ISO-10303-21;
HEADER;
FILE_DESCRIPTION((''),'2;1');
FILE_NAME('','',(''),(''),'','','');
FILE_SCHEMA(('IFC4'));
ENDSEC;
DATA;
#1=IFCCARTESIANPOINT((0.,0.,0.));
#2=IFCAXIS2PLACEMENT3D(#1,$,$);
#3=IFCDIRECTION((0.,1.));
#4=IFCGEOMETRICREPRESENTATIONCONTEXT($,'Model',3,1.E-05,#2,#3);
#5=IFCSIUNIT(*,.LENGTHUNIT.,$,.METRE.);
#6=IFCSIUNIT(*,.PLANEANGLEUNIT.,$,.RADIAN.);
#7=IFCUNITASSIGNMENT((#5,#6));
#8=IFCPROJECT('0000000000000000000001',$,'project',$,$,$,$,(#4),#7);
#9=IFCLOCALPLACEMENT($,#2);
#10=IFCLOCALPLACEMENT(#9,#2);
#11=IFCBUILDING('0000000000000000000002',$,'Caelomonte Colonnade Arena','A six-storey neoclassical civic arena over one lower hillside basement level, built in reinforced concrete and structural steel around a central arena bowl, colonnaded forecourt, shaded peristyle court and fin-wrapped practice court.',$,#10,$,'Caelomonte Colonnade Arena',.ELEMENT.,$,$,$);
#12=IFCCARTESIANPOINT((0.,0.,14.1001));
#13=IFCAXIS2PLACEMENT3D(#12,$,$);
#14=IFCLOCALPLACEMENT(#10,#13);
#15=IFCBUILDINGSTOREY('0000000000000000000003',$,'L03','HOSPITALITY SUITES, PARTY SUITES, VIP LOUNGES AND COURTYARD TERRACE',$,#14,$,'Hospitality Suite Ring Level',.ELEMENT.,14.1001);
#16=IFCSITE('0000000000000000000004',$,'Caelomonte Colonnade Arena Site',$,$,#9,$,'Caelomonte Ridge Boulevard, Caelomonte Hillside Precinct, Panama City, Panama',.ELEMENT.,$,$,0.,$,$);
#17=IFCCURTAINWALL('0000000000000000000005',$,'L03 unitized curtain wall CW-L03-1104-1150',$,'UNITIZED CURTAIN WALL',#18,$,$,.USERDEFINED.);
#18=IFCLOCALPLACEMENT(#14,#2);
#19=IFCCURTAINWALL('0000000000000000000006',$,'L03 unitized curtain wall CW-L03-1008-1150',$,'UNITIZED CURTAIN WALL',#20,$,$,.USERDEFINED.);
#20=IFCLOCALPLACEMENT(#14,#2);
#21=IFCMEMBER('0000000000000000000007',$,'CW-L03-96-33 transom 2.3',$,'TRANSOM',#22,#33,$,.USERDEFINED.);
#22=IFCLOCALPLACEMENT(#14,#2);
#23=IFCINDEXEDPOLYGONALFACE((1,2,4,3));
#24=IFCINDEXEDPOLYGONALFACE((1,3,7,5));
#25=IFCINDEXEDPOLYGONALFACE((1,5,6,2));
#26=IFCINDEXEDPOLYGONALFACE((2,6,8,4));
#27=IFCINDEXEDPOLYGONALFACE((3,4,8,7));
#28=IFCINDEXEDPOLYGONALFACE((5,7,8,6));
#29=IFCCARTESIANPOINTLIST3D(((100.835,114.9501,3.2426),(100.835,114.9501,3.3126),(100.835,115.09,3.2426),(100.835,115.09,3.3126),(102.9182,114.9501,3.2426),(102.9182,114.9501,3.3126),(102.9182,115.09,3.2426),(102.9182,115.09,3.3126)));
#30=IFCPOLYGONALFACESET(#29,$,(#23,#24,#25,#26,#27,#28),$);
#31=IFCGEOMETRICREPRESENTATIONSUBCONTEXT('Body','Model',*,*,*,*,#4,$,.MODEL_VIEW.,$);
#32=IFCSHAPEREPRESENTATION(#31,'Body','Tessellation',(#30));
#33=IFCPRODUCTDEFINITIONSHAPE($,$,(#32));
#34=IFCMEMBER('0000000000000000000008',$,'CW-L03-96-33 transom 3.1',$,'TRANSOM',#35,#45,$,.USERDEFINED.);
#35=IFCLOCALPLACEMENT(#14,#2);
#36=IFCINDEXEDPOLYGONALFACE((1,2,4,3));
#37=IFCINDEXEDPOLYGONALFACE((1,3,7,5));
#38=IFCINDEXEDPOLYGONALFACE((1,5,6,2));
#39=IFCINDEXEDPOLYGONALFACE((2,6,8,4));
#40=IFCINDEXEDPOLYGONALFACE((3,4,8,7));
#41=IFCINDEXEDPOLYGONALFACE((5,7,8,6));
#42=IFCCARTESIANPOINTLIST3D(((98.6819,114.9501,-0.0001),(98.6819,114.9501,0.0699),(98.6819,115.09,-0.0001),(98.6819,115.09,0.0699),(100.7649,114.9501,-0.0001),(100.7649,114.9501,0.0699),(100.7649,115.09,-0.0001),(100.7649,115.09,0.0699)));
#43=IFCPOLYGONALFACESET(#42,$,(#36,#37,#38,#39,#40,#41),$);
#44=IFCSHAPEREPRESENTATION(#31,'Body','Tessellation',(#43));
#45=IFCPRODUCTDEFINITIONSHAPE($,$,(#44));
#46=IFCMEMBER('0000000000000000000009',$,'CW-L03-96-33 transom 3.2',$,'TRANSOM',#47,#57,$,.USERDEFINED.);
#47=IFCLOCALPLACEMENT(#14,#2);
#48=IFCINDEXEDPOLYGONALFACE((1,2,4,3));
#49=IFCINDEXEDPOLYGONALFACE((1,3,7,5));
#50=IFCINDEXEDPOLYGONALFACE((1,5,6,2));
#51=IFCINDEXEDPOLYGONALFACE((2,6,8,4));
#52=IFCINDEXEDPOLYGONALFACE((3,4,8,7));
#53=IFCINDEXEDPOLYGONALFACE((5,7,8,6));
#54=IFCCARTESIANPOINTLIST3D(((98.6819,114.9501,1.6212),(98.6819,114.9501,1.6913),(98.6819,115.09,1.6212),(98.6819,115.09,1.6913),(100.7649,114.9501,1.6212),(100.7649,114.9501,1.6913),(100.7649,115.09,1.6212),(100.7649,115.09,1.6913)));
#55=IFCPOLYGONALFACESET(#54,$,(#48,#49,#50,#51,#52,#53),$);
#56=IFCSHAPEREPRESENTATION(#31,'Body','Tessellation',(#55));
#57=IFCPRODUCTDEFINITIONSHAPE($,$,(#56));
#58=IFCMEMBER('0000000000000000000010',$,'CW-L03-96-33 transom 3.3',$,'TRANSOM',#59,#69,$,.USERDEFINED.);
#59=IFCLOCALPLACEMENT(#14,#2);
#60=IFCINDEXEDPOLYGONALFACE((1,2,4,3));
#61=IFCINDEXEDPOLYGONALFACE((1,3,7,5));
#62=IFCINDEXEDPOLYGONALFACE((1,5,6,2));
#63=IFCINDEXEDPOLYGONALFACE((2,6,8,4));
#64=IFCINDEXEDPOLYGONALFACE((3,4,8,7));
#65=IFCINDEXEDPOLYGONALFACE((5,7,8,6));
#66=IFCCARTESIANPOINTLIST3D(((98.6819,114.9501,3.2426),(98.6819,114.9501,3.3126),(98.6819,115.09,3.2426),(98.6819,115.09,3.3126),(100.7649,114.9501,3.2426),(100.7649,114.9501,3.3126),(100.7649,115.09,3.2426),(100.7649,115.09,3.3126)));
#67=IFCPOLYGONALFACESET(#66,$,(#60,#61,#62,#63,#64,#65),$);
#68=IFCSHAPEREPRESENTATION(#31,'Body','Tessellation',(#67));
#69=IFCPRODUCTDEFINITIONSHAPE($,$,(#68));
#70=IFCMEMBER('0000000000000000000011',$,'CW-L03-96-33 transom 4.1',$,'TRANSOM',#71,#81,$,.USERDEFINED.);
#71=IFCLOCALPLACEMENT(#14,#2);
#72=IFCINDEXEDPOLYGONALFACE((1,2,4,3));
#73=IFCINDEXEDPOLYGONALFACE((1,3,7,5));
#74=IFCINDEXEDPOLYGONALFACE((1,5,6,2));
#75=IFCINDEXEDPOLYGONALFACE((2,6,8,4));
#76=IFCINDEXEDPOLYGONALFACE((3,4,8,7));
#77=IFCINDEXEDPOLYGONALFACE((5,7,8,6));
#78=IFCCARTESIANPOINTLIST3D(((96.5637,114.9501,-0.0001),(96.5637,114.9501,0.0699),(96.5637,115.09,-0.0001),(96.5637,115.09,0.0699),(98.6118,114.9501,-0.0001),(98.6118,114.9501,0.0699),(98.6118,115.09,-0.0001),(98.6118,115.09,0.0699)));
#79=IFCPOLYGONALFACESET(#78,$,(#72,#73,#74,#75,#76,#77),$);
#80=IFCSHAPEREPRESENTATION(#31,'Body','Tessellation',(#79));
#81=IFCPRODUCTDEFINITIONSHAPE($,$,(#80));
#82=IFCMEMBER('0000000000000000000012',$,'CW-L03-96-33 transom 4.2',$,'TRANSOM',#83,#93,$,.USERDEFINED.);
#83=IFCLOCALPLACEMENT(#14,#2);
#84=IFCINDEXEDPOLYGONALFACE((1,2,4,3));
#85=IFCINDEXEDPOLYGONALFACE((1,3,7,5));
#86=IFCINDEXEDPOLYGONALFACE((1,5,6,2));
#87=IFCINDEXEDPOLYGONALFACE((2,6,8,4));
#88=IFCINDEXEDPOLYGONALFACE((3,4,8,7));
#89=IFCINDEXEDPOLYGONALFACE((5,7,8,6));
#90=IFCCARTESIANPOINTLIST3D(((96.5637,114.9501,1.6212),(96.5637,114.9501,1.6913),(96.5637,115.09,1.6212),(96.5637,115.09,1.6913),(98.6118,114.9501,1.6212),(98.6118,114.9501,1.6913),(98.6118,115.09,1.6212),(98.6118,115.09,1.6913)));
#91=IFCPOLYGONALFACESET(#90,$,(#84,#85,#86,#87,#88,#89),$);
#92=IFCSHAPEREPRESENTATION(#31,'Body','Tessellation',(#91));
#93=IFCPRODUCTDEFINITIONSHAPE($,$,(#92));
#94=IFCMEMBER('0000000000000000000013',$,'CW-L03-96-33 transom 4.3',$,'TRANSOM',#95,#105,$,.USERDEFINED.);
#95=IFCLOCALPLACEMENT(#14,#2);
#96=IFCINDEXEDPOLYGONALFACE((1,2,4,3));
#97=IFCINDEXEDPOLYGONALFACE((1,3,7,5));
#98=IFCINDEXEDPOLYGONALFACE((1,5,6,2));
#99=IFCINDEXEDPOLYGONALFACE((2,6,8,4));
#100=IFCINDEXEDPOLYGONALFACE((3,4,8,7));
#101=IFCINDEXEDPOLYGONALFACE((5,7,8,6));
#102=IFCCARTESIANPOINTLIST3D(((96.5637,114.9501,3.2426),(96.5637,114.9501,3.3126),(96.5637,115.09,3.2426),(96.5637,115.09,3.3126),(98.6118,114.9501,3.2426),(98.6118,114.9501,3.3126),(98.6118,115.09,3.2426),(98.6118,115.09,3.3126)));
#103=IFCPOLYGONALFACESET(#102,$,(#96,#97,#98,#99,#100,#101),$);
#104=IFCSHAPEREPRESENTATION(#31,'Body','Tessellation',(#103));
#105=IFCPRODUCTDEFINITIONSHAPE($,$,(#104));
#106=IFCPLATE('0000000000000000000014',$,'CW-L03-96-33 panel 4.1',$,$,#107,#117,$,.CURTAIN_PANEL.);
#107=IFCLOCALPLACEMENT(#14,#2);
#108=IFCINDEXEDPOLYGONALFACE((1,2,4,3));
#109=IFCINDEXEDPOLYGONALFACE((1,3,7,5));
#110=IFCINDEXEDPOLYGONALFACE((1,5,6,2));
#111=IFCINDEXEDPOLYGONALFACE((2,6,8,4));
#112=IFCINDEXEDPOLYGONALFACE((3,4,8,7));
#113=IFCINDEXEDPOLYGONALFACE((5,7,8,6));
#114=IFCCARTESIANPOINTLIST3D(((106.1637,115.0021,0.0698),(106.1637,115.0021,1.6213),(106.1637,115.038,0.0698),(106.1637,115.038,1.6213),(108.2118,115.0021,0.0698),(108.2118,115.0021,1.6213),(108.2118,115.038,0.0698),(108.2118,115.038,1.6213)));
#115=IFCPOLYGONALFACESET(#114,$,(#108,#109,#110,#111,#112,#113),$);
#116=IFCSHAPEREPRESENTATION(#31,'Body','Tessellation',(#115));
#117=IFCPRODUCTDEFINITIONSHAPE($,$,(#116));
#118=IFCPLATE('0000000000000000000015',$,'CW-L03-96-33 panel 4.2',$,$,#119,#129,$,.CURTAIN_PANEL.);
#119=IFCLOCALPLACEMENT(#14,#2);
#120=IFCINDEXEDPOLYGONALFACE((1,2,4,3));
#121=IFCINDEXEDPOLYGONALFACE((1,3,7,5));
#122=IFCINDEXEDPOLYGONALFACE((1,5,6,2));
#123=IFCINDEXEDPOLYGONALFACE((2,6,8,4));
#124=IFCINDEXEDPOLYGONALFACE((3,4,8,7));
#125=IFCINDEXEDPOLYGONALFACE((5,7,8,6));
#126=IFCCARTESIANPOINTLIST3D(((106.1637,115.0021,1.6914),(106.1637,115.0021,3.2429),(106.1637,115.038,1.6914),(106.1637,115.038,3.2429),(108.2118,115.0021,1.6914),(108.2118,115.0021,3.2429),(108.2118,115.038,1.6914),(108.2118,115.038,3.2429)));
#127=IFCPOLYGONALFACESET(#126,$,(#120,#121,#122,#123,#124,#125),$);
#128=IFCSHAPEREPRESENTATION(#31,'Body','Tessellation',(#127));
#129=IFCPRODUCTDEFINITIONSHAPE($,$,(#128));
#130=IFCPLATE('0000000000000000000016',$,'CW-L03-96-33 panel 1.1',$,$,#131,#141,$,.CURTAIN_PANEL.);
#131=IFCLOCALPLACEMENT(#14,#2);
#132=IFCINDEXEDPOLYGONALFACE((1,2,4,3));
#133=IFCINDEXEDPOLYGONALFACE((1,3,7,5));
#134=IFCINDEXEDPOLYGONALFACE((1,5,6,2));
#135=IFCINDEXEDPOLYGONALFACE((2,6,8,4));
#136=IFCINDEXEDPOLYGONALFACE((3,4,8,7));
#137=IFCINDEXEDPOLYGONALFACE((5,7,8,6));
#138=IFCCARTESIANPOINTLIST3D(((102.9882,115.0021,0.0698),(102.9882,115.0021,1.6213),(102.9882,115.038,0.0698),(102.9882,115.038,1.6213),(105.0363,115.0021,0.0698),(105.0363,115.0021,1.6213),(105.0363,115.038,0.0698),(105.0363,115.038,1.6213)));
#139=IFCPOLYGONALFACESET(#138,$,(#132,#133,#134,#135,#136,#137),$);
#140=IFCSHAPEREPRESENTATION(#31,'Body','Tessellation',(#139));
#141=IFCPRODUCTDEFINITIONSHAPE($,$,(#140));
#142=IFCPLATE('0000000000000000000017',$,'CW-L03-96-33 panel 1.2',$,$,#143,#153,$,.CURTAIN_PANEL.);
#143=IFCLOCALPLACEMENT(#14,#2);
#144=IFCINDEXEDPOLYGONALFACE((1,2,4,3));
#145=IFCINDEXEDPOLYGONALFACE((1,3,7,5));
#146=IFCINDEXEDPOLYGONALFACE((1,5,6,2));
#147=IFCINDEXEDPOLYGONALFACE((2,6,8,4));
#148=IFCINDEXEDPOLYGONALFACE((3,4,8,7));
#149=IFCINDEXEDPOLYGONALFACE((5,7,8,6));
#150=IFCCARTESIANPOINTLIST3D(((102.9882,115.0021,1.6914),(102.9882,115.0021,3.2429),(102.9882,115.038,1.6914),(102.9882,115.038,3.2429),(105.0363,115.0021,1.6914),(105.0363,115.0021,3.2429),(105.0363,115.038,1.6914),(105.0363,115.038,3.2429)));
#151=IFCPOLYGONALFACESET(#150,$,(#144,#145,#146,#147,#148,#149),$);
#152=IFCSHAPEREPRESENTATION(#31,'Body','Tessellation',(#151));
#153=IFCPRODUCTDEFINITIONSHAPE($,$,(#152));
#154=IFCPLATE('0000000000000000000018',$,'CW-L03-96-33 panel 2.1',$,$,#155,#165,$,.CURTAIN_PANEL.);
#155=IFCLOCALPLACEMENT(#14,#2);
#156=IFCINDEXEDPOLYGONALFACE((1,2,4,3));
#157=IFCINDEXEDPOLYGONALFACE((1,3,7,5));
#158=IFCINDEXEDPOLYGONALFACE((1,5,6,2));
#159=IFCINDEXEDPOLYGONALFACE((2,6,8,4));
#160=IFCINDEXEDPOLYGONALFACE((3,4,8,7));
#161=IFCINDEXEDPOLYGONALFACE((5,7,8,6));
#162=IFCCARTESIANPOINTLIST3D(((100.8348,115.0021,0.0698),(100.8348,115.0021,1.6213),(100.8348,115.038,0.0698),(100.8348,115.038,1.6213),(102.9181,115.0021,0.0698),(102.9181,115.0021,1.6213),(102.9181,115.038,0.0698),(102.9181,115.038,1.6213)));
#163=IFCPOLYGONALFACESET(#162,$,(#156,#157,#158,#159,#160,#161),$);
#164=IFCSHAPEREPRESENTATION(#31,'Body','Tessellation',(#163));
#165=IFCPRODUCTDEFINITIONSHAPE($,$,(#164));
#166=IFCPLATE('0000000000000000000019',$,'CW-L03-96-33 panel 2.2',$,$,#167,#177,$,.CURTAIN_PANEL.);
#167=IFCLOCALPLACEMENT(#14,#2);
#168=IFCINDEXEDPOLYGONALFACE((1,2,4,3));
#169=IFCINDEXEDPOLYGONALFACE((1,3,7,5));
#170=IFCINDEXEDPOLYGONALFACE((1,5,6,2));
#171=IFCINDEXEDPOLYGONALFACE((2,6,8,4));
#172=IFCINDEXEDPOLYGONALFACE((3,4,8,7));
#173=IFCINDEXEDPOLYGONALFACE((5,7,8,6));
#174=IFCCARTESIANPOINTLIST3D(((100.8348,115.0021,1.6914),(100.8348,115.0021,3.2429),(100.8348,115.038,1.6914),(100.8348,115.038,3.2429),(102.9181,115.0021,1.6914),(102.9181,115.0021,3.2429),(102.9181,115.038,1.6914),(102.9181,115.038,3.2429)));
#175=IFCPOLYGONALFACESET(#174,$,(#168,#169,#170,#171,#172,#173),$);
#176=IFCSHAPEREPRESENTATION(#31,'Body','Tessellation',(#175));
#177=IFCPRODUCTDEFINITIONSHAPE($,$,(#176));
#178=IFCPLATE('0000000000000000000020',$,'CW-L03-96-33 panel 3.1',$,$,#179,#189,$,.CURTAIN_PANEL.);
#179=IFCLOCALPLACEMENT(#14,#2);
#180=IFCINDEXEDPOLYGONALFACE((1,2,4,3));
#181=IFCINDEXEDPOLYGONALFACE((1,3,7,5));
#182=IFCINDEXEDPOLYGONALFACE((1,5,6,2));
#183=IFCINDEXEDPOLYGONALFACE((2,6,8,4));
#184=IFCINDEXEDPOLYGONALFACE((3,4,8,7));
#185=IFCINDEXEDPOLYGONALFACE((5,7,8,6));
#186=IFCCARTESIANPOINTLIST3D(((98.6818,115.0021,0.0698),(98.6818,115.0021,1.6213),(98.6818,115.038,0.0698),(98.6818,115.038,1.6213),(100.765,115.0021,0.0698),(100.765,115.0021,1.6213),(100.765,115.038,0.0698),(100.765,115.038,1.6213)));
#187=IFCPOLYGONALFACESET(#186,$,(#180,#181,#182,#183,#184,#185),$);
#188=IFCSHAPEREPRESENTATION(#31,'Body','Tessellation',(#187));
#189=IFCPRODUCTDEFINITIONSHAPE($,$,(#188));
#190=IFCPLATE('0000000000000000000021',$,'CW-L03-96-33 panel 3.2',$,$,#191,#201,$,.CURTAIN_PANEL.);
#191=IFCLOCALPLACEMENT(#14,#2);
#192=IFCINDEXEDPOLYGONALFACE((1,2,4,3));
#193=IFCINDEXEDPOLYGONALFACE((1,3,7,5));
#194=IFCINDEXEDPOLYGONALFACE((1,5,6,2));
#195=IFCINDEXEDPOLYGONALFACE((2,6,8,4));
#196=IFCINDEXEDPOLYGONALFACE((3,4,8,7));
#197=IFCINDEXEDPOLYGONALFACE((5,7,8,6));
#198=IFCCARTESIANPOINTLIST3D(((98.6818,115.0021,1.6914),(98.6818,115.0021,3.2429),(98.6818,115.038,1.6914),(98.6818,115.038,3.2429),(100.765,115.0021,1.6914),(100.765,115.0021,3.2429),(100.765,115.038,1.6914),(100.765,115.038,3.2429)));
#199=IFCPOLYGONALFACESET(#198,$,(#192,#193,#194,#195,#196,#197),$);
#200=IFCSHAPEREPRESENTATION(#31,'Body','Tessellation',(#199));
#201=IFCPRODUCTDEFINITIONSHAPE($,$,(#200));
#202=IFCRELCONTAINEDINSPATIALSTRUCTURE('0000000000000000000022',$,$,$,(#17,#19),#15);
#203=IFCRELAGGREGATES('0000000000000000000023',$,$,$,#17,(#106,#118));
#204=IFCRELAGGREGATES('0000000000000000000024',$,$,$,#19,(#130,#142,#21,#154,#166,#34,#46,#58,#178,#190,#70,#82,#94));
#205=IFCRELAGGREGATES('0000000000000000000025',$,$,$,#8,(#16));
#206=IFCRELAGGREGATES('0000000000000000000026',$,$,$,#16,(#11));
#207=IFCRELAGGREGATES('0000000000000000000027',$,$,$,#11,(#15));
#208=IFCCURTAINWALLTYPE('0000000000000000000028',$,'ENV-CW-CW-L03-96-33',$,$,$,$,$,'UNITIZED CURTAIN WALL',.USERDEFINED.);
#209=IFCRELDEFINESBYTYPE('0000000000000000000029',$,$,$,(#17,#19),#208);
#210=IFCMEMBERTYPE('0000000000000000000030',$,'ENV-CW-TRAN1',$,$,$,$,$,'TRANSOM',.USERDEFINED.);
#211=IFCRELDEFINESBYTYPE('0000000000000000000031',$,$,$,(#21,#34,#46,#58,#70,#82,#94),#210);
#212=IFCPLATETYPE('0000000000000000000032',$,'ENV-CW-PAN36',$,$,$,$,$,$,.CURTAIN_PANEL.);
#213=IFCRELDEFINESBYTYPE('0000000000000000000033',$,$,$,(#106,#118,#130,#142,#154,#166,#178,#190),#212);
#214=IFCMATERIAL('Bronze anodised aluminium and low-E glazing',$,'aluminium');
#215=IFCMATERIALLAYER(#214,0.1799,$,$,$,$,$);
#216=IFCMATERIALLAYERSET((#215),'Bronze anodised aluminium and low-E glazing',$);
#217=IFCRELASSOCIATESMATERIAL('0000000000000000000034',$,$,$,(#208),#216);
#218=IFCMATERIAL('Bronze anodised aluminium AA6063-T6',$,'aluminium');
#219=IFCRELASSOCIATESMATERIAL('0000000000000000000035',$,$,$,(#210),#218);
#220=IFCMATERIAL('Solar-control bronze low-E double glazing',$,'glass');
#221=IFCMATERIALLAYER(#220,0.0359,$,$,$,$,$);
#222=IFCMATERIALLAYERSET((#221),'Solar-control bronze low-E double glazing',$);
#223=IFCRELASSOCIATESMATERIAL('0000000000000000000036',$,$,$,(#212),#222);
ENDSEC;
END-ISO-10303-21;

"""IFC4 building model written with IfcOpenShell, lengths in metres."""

from ifc_helpers import new_model, si_unit, direction, frame, origin, origin_2d, place, context, subcontext, project, spatial, rectangle, extrude, material, layer, layer_set, material_profile, profile_set, type_object, element, aggregate, save


model = new_model("IFC4")

# Units and contexts
model_context = context("Model", 3, precision=1e-05, world=origin(), true_north=direction((0.0, 1.0)))
body_context = subcontext(model_context, "Body", "Model", "MODEL_VIEW")
ifc_project = project(units=[si_unit("LENGTHUNIT", "METRE"), si_unit("PLANEANGLEUNIT", "RADIAN")], contexts=[model_context])

# Site, building, storey
site_placement = place(None, origin())
site = spatial("IfcSite", under=ifc_project, at=site_placement, Name="Caelomonte Colonnade Arena Site", LongName="Caelomonte Ridge Boulevard, Caelomonte Hillside Precinct, Panama City, Panama", CompositionType="ELEMENT", RefElevation=0.0)
building_placement = place(site_placement, origin())
building = spatial("IfcBuilding", under=site, at=building_placement, Name="Caelomonte Colonnade Arena", Description="A six-storey neoclassical civic arena over one lower hillside basement level, built in reinforced concrete and structural steel around a central arena bowl, colonnaded forecourt, shaded peristyle court and fin-wrapped practice court.", LongName="Caelomonte Colonnade Arena", CompositionType="ELEMENT")
storey_placement = place(building_placement, frame((0.0, 0.0, 14.1001)))
storey = spatial("IfcBuildingStorey", under=building, at=storey_placement, Name="L03", Description="HOSPITALITY SUITES, PARTY SUITES, VIP LOUNGES AND COURTYARD TERRACE", LongName="Hospitality Suite Ring Level", CompositionType="ELEMENT", Elevation=14.1001)

# Curtain walls
ifc_material_1 = material(Name="Bronze anodised aluminium and low-E glazing", Category="aluminium")
ifc_layer_1 = layer(ifc_material_1, 0.1799)
ifc_layer_set_1 = layer_set([ifc_layer_1], Name="Bronze anodised aluminium and low-E glazing")
curtain_wall_type = type_object("IfcCurtainWallType", Name="ENV-CW-CW-L03-96-33", ElementType="UNITIZED CURTAIN WALL", PredefinedType="USERDEFINED", material=ifc_layer_set_1)
curtain_wall_1_placement = place(storey_placement, origin())
curtain_wall_1 = element("IfcCurtainWall", 1, at=curtain_wall_1_placement, inside=storey, type_object=curtain_wall_type, Name="L03 unitized curtain wall CW-L03-1104-1150", ObjectType="UNITIZED CURTAIN WALL", PredefinedType="USERDEFINED")
ifc_material_2 = material(Name="Bronze anodised aluminium AA6063-T6", Category="aluminium")
curtain_wall_2_placement = place(storey_placement, origin())
curtain_wall_2 = element("IfcCurtainWall", 2, at=curtain_wall_2_placement, inside=storey, type_object=curtain_wall_type, Name="L03 unitized curtain wall CW-L03-1008-1150", ObjectType="UNITIZED CURTAIN WALL", PredefinedType="USERDEFINED")

# Members
ifc_material_profile_1 = material_profile(ifc_material_2, rectangle(XDim=0.0701, YDim=0.1399, at=origin_2d()), Name="CWT-70X140")
ifc_profile_set_1 = profile_set([ifc_material_profile_1], Name="Bronze anodised aluminium AA6063-T6")
member_type_1 = type_object("IfcMemberType", Name="ENV-CW-TRAN1", ElementType="TRANSOM", PredefinedType="USERDEFINED", material=ifc_profile_set_1)
member_1_placement = place(storey_placement, frame((102.9182, 115.02, 3.2776), z_axis=(-1.0, 0.0, 0.0), x_axis=(0.0, 0.0, 1.0)))
member_1 = element("IfcMember", 3, at=member_1_placement, type_object=member_type_1, Name="CW-L03-96-33 transom 2.3", ObjectType="TRANSOM", PredefinedType="USERDEFINED", context=body_context, shape_type="SweptSolid", body=[
    extrude(rectangle(XDim=0.0701, YDim=0.1399, at=origin_2d()), origin(), (0.0, 0.0, 1.0), 2.0833),
])
member_2_placement = place(storey_placement, frame((100.7649, 115.02, 0.0349), z_axis=(-1.0, 0.0, 0.0), x_axis=(0.0, 0.0, 1.0)))
member_2 = element("IfcMember", 4, at=member_2_placement, type_object=member_type_1, Name="CW-L03-96-33 transom 3.1", ObjectType="TRANSOM", PredefinedType="USERDEFINED", context=body_context, shape_type="SweptSolid", body=[
    extrude(rectangle(XDim=0.0701, YDim=0.1399, at=origin_2d()), origin(), (0.0, 0.0, 1.0), 2.083),
])
member_3_placement = place(storey_placement, frame((100.7649, 115.02, 1.6562), z_axis=(-1.0, 0.0, 0.0), x_axis=(0.0, 0.0, 1.0)))
member_3 = element("IfcMember", 5, at=member_3_placement, type_object=member_type_1, Name="CW-L03-96-33 transom 3.2", ObjectType="TRANSOM", PredefinedType="USERDEFINED", context=body_context, shape_type="SweptSolid", body=[
    extrude(rectangle(XDim=0.0701, YDim=0.1399, at=origin_2d()), origin(), (0.0, 0.0, 1.0), 2.083),
])
member_4_placement = place(storey_placement, frame((100.7649, 115.02, 3.2776), z_axis=(-1.0, 0.0, 0.0), x_axis=(0.0, 0.0, 1.0)))
member_4 = element("IfcMember", 6, at=member_4_placement, type_object=member_type_1, Name="CW-L03-96-33 transom 3.3", ObjectType="TRANSOM", PredefinedType="USERDEFINED", context=body_context, shape_type="SweptSolid", body=[
    extrude(rectangle(XDim=0.0701, YDim=0.1399, at=origin_2d()), origin(), (0.0, 0.0, 1.0), 2.083),
])
member_5_placement = place(storey_placement, frame((98.6118, 115.02, 0.0349), z_axis=(-1.0, 0.0, 0.0), x_axis=(0.0, 0.0, 1.0)))
member_5 = element("IfcMember", 7, at=member_5_placement, type_object=member_type_1, Name="CW-L03-96-33 transom 4.1", ObjectType="TRANSOM", PredefinedType="USERDEFINED", context=body_context, shape_type="SweptSolid", body=[
    extrude(rectangle(XDim=0.0701, YDim=0.1399, at=origin_2d()), origin(), (0.0, 0.0, 1.0), 2.0481),
])
member_6_placement = place(storey_placement, frame((98.6118, 115.02, 1.6562), z_axis=(-1.0, 0.0, 0.0), x_axis=(0.0, 0.0, 1.0)))
member_6 = element("IfcMember", 8, at=member_6_placement, type_object=member_type_1, Name="CW-L03-96-33 transom 4.2", ObjectType="TRANSOM", PredefinedType="USERDEFINED", context=body_context, shape_type="SweptSolid", body=[
    extrude(rectangle(XDim=0.0701, YDim=0.1399, at=origin_2d()), origin(), (0.0, 0.0, 1.0), 2.0481),
])
member_7_placement = place(storey_placement, frame((98.6118, 115.02, 3.2776), z_axis=(-1.0, 0.0, 0.0), x_axis=(0.0, 0.0, 1.0)))
member_7 = element("IfcMember", 9, at=member_7_placement, type_object=member_type_1, Name="CW-L03-96-33 transom 4.3", ObjectType="TRANSOM", PredefinedType="USERDEFINED", context=body_context, shape_type="SweptSolid", body=[
    extrude(rectangle(XDim=0.0701, YDim=0.1399, at=origin_2d()), origin(), (0.0, 0.0, 1.0), 2.0481),
])

# Plates
ifc_material_3 = material(Name="Solar-control bronze low-E double glazing", Category="glass")
ifc_layer_2 = layer(ifc_material_3, 0.0359)
ifc_layer_set_2 = layer_set([ifc_layer_2], Name="Solar-control bronze low-E double glazing")
plate_type = type_object("IfcPlateType", Name="ENV-CW-PAN36", PredefinedType="CURTAIN_PANEL", material=ifc_layer_set_2)
plate_1_placement = place(storey_placement, frame((107.1877, 115.02, 0.0698), z_axis=(0.0, 0.0, 1.0), x_axis=(-1.0, 0.0, 0.0)))
plate_1 = element("IfcPlate", 10, at=plate_1_placement, type_object=plate_type, Name="CW-L03-96-33 panel 4.1", PredefinedType="CURTAIN_PANEL", context=body_context, shape_type="SweptSolid", body=[
    extrude(rectangle(XDim=2.0481, YDim=0.0359, at=origin_2d()), origin(), (0.0, 0.0, 1.0), 1.5515),
])
plate_2_placement = place(storey_placement, frame((107.1877, 115.02, 1.6914), z_axis=(0.0, 0.0, 1.0), x_axis=(-1.0, 0.0, 0.0)))
plate_2 = element("IfcPlate", 11, at=plate_2_placement, type_object=plate_type, Name="CW-L03-96-33 panel 4.2", PredefinedType="CURTAIN_PANEL", context=body_context, shape_type="SweptSolid", body=[
    extrude(rectangle(XDim=2.0481, YDim=0.0359, at=origin_2d()), origin(), (0.0, 0.0, 1.0), 1.5515),
])
aggregate(curtain_wall_1, [plate_1, plate_2])
plate_3_placement = place(storey_placement, frame((104.0122, 115.02, 0.0698), z_axis=(0.0, 0.0, 1.0), x_axis=(-1.0, 0.0, 0.0)))
plate_3 = element("IfcPlate", 12, at=plate_3_placement, type_object=plate_type, Name="CW-L03-96-33 panel 1.1", PredefinedType="CURTAIN_PANEL", context=body_context, shape_type="SweptSolid", body=[
    extrude(rectangle(XDim=2.0481, YDim=0.0359, at=origin_2d()), origin(), (0.0, 0.0, 1.0), 1.5515),
])
plate_4_placement = place(storey_placement, frame((104.0122, 115.02, 1.6914), z_axis=(0.0, 0.0, 1.0), x_axis=(-1.0, 0.0, 0.0)))
plate_4 = element("IfcPlate", 13, at=plate_4_placement, type_object=plate_type, Name="CW-L03-96-33 panel 1.2", PredefinedType="CURTAIN_PANEL", context=body_context, shape_type="SweptSolid", body=[
    extrude(rectangle(XDim=2.0481, YDim=0.0359, at=origin_2d()), origin(), (0.0, 0.0, 1.0), 1.5515),
])
plate_5_placement = place(storey_placement, frame((101.8765, 115.02, 0.0698), z_axis=(0.0, 0.0, 1.0), x_axis=(-1.0, 0.0, 0.0)))
plate_5 = element("IfcPlate", 14, at=plate_5_placement, type_object=plate_type, Name="CW-L03-96-33 panel 2.1", PredefinedType="CURTAIN_PANEL", context=body_context, shape_type="SweptSolid", body=[
    extrude(rectangle(XDim=2.0833, YDim=0.0359, at=origin_2d()), origin(), (0.0, 0.0, 1.0), 1.5515),
])
plate_6_placement = place(storey_placement, frame((101.8765, 115.02, 1.6914), z_axis=(0.0, 0.0, 1.0), x_axis=(-1.0, 0.0, 0.0)))
plate_6 = element("IfcPlate", 15, at=plate_6_placement, type_object=plate_type, Name="CW-L03-96-33 panel 2.2", PredefinedType="CURTAIN_PANEL", context=body_context, shape_type="SweptSolid", body=[
    extrude(rectangle(XDim=2.0833, YDim=0.0359, at=origin_2d()), origin(), (0.0, 0.0, 1.0), 1.5515),
])
plate_7_placement = place(storey_placement, frame((99.7234, 115.02, 0.0698), z_axis=(0.0, 0.0, 1.0), x_axis=(-1.0, 0.0, 0.0)))
plate_7 = element("IfcPlate", 16, at=plate_7_placement, type_object=plate_type, Name="CW-L03-96-33 panel 3.1", PredefinedType="CURTAIN_PANEL", context=body_context, shape_type="SweptSolid", body=[
    extrude(rectangle(XDim=2.0833, YDim=0.0359, at=origin_2d()), origin(), (0.0, 0.0, 1.0), 1.5515),
])
plate_8_placement = place(storey_placement, frame((99.7234, 115.02, 1.6914), z_axis=(0.0, 0.0, 1.0), x_axis=(-1.0, 0.0, 0.0)))
plate_8 = element("IfcPlate", 17, at=plate_8_placement, type_object=plate_type, Name="CW-L03-96-33 panel 3.2", PredefinedType="CURTAIN_PANEL", context=body_context, shape_type="SweptSolid", body=[
    extrude(rectangle(XDim=2.0833, YDim=0.0359, at=origin_2d()), origin(), (0.0, 0.0, 1.0), 1.5515),
])
aggregate(curtain_wall_2, [plate_3, plate_4, member_1, plate_5, plate_6, member_2, member_3, member_4, plate_7, plate_8, member_5, member_6, member_7])

save(model, "model.ifc")
